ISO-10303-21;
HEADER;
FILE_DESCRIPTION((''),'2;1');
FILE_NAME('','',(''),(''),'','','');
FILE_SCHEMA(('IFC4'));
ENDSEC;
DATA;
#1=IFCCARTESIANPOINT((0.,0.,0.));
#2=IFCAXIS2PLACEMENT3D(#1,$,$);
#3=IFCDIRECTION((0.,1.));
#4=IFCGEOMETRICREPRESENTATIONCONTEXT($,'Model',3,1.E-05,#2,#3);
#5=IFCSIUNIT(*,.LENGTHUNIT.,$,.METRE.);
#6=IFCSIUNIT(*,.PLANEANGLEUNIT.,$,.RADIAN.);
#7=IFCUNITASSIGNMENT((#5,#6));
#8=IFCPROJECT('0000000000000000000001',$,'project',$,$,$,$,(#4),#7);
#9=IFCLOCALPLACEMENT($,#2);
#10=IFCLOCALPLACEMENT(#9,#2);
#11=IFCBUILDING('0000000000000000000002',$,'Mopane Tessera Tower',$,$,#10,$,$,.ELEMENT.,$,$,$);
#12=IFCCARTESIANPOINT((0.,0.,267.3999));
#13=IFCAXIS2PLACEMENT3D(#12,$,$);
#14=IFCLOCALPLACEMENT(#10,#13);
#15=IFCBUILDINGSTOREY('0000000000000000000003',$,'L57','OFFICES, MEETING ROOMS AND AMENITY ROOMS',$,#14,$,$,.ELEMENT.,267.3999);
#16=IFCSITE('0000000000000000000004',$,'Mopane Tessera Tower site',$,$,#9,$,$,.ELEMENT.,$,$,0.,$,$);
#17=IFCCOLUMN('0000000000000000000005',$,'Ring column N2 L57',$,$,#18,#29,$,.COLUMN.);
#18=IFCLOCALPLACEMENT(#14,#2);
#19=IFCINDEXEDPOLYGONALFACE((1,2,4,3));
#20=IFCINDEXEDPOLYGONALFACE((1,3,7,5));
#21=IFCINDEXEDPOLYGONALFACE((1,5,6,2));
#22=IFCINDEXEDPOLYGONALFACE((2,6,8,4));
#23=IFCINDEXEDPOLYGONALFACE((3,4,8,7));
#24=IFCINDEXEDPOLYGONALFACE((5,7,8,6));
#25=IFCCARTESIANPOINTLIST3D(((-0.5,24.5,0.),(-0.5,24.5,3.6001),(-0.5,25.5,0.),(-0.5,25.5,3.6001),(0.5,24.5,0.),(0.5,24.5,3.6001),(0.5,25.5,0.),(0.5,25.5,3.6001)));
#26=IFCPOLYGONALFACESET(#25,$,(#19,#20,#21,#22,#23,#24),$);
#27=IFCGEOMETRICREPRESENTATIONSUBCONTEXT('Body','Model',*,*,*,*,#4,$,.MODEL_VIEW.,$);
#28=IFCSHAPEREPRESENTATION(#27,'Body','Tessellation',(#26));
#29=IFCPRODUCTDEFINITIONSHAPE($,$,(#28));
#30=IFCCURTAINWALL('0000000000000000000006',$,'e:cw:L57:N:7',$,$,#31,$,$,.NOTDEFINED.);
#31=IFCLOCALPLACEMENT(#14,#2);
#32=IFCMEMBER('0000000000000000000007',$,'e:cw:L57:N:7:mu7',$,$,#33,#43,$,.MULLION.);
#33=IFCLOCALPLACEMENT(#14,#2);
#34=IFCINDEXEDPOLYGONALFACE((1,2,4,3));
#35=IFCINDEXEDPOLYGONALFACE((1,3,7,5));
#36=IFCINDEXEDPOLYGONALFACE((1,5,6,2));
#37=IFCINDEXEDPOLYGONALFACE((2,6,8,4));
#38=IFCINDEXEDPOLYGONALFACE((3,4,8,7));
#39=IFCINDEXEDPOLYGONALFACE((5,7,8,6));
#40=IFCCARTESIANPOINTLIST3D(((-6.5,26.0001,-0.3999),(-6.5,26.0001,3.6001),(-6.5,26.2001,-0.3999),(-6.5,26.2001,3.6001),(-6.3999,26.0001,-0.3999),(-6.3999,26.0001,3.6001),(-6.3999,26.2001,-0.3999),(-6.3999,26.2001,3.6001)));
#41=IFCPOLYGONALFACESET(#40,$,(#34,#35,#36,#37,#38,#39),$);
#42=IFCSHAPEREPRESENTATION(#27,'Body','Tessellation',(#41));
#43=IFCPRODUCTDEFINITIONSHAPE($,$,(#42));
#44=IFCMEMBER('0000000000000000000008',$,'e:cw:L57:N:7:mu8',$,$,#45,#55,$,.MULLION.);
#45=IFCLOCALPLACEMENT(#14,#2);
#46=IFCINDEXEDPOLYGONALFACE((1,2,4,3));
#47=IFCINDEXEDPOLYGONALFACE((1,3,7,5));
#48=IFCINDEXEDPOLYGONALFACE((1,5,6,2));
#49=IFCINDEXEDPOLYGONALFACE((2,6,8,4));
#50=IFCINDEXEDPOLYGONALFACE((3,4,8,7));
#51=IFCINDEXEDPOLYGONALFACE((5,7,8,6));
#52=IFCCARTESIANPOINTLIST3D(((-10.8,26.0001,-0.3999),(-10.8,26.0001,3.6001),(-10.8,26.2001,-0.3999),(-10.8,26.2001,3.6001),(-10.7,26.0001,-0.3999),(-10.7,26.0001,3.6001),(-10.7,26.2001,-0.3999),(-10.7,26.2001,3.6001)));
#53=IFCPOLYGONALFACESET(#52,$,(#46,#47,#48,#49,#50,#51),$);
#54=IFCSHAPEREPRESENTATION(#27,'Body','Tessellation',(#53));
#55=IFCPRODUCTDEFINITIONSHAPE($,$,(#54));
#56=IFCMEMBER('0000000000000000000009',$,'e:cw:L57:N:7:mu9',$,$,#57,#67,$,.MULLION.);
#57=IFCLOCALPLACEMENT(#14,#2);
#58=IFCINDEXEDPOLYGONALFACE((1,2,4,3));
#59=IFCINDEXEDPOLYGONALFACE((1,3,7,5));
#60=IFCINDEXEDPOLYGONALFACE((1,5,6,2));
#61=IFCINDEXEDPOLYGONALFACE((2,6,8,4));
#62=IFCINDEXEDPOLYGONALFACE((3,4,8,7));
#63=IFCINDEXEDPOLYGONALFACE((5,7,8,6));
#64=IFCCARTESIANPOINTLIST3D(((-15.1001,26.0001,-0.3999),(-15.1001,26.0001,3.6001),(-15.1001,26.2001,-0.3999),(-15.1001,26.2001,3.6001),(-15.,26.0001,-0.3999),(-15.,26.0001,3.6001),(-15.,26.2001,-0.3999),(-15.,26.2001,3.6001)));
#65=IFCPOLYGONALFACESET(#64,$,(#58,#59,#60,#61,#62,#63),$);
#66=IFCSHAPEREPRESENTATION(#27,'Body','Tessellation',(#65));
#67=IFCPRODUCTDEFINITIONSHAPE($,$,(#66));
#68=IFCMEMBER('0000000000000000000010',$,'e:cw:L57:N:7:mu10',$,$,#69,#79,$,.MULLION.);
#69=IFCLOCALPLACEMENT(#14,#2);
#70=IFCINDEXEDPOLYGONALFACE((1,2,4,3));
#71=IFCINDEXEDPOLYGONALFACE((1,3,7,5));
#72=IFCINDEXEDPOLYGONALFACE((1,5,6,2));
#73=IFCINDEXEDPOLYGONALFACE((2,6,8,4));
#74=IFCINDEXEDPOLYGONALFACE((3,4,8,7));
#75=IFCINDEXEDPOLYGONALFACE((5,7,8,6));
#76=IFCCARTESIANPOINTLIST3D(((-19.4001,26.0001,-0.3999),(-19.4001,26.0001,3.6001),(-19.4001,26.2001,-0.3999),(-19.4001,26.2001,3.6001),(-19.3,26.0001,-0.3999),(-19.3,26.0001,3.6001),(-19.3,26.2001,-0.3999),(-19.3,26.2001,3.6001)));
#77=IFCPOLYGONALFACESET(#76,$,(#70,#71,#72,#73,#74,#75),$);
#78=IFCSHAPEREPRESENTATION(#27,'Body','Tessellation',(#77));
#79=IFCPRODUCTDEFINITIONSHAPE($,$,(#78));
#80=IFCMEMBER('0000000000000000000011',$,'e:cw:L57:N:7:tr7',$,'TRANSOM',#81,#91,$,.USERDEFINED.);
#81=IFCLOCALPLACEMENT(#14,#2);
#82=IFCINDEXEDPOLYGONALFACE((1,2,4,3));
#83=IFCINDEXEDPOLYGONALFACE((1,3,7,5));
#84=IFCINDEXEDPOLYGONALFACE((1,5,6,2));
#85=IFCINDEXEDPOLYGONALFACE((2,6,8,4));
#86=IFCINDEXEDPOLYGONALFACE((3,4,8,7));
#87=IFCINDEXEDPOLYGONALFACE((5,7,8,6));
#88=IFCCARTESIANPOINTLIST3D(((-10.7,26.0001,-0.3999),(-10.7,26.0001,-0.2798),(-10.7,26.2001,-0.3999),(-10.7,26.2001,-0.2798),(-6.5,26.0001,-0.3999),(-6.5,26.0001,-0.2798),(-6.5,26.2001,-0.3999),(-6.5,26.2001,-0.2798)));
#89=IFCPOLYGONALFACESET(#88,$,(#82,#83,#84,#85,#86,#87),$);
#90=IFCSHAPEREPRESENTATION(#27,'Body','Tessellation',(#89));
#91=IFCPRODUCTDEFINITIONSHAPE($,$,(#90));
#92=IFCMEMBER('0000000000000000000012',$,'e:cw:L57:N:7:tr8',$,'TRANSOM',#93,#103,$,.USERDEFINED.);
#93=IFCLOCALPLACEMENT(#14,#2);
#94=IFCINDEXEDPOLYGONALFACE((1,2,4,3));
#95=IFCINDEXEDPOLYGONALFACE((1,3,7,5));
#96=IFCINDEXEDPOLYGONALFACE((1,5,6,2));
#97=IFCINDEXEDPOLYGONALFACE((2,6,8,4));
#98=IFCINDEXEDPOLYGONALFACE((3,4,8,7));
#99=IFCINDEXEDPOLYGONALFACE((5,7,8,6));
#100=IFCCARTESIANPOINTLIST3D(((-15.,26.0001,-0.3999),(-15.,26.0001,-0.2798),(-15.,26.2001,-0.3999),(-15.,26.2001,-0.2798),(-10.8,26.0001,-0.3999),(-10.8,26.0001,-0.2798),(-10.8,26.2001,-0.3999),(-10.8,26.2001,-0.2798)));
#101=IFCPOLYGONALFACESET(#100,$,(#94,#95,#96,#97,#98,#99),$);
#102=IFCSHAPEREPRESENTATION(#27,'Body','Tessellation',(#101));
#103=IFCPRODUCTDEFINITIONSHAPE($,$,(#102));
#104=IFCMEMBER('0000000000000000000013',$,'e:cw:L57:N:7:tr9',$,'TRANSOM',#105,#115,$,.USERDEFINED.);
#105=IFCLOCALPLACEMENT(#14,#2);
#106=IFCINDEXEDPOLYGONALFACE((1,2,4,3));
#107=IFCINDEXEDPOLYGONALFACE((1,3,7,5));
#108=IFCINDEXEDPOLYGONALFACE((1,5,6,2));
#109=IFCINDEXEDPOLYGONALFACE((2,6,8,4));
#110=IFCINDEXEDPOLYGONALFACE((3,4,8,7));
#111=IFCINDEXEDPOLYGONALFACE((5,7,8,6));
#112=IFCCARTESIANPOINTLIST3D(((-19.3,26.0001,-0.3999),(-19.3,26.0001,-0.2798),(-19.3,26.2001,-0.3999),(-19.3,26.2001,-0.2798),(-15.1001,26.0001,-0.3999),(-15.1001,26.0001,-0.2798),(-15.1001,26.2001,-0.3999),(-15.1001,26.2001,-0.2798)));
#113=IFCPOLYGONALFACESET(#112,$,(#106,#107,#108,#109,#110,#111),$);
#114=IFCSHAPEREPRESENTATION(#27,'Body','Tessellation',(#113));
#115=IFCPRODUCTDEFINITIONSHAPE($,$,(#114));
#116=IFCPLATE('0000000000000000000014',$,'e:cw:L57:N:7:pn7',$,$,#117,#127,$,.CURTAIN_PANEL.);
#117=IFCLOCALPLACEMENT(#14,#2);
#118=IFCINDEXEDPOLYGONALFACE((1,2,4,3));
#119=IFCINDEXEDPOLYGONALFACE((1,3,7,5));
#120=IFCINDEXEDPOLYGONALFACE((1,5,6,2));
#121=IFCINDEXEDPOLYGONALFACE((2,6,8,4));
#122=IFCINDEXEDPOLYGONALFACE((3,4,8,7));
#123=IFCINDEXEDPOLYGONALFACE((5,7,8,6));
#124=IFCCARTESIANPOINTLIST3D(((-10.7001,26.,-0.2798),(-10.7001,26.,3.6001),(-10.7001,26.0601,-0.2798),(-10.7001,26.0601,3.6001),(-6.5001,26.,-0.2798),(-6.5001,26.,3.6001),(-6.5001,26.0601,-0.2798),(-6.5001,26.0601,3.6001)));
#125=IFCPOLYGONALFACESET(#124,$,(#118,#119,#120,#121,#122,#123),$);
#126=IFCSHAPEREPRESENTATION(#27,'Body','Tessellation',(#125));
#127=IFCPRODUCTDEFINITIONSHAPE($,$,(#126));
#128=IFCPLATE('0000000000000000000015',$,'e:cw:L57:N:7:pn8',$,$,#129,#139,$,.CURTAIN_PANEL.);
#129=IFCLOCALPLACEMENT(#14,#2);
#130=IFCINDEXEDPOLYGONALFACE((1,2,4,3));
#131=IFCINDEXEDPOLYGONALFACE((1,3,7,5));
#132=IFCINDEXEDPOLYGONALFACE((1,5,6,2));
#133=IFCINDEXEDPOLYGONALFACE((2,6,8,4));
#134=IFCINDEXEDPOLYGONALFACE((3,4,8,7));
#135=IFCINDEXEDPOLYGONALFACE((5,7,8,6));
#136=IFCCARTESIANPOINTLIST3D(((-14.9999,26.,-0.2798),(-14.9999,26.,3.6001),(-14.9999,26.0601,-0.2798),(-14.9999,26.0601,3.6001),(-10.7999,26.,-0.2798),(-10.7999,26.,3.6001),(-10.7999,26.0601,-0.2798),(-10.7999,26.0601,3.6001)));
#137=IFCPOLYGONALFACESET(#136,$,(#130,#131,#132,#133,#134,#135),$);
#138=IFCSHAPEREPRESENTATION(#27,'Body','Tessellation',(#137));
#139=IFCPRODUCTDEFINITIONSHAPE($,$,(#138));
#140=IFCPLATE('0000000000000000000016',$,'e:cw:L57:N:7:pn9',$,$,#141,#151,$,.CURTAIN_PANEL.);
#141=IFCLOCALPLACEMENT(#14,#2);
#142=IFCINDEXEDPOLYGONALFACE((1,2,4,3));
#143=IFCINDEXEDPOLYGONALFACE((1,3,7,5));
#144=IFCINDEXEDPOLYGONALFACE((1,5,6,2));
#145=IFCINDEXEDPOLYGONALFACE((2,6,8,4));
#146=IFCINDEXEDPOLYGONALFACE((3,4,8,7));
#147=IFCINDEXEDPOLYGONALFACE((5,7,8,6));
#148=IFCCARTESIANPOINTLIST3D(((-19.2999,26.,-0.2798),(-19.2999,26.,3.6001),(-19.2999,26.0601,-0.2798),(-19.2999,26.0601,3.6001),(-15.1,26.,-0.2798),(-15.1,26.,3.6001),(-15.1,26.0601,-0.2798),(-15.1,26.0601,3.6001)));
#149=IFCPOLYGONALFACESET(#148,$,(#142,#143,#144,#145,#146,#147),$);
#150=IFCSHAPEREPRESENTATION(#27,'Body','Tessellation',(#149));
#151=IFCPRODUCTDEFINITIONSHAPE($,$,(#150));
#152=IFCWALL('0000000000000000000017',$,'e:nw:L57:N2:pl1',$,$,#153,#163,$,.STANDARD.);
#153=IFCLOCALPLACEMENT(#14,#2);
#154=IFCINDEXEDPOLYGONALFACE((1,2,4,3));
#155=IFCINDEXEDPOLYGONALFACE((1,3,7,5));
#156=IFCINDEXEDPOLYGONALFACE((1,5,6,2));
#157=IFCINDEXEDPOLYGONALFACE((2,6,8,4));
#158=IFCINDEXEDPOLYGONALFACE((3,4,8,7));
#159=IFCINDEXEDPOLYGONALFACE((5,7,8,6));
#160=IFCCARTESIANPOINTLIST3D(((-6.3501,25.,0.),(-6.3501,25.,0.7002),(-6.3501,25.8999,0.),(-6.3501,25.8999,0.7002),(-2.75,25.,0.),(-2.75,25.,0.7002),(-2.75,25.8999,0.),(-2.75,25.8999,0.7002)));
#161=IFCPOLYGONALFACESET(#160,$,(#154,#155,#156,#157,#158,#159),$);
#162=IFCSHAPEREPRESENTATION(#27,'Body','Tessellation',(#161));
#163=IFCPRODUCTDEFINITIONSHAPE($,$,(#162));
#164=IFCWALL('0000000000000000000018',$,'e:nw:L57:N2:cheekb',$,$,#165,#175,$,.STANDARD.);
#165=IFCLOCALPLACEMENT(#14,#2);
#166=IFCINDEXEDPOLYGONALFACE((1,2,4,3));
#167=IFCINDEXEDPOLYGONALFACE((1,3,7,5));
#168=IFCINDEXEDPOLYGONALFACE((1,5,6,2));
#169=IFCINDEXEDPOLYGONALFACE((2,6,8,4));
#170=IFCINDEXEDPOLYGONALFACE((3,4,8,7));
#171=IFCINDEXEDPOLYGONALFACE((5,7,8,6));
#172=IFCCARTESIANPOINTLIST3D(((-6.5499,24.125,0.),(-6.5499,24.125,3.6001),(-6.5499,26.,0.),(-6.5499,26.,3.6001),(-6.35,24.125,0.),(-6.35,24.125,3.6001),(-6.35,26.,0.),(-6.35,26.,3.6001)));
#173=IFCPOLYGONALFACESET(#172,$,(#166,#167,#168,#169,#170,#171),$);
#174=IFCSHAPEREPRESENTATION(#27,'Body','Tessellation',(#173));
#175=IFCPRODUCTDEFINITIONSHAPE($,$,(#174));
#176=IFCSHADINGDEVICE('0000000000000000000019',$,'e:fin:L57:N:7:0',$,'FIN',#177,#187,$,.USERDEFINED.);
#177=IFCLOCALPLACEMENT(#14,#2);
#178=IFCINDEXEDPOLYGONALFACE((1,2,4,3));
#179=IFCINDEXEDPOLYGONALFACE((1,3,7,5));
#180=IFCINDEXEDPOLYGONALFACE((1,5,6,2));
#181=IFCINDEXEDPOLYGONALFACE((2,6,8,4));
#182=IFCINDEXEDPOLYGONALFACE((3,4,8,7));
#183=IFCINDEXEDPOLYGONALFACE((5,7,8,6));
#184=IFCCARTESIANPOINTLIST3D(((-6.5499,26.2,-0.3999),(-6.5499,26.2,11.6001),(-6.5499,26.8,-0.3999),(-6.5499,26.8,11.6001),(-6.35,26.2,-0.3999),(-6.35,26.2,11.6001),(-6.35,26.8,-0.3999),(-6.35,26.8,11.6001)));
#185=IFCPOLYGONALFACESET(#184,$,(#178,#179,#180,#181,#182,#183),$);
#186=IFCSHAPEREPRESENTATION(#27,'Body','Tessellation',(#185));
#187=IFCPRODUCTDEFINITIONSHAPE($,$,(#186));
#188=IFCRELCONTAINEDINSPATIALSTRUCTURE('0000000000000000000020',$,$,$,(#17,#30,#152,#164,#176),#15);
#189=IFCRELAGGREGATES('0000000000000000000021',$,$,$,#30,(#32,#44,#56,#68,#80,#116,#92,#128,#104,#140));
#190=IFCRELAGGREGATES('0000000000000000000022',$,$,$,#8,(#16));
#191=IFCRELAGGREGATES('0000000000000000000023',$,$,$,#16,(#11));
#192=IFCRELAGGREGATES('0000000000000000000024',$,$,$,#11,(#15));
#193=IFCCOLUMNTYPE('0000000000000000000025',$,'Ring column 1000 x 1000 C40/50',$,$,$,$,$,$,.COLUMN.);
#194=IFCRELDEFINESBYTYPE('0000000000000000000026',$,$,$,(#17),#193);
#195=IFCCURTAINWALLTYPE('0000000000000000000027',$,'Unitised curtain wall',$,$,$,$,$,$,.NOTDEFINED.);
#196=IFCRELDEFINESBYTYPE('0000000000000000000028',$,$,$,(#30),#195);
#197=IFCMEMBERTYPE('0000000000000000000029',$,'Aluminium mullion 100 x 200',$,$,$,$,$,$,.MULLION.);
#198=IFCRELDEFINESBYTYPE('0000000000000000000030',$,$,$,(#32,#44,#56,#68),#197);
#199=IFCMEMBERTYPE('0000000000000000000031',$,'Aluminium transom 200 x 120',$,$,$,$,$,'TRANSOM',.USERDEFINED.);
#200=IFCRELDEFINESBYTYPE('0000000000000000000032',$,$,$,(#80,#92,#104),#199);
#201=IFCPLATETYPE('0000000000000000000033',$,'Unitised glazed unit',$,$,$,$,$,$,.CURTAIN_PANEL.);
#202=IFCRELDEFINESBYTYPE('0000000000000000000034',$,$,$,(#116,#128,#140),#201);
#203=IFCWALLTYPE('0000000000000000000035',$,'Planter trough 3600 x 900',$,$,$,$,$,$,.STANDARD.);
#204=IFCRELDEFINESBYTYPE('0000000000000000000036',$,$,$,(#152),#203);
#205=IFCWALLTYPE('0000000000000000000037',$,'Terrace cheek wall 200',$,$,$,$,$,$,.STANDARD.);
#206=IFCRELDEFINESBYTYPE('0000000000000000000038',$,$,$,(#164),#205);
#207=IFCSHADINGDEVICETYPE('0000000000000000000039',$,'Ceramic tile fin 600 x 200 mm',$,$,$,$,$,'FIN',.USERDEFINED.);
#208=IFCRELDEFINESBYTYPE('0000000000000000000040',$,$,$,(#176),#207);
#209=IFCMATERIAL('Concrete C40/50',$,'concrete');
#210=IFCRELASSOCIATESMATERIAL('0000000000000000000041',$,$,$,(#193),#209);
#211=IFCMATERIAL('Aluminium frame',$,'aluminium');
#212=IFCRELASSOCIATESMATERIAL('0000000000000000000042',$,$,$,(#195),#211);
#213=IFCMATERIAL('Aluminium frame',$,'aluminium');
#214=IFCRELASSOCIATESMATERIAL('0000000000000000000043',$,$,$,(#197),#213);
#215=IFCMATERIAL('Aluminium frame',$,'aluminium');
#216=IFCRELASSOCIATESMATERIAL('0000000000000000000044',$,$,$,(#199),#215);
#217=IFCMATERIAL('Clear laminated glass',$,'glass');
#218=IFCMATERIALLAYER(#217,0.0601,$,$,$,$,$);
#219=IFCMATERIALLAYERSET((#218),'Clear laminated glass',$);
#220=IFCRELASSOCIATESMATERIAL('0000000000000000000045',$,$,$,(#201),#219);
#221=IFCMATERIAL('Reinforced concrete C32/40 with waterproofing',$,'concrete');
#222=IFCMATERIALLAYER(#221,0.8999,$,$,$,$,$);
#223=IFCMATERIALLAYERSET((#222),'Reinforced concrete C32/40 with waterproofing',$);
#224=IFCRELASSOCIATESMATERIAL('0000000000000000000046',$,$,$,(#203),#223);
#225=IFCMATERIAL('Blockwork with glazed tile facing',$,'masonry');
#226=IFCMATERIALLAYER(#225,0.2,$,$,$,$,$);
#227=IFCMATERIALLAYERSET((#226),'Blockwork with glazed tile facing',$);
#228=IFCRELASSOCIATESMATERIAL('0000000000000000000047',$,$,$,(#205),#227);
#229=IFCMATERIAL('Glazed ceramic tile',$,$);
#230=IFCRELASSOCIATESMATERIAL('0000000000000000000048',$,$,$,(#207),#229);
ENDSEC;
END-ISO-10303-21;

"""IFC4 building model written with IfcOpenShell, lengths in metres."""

from ifc_helpers import new_model, si_unit, direction, frame, frame_2d, origin, origin_2d, place, context, subcontext, project, spatial, rectangle, extrude, material, layer, layer_set, material_profile, profile_set, type_object, element, aggregate, save


model = new_model("IFC4")

# Units and contexts
model_context = context("Model", 3, precision=1e-05, world=origin(), true_north=direction((0.0, 1.0)))
body_context = subcontext(model_context, "Body", "Model", "MODEL_VIEW")
ifc_project = project(units=[si_unit("LENGTHUNIT", "METRE"), si_unit("PLANEANGLEUNIT", "RADIAN")], contexts=[model_context])

# Site, building, storey
site_placement = place(None, origin())
site = spatial("IfcSite", under=ifc_project, at=site_placement, Name="Mopane Tessera Tower site", CompositionType="ELEMENT", RefElevation=0.0)
building_placement = place(site_placement, origin())
building = spatial("IfcBuilding", under=site, at=building_placement, Name="Mopane Tessera Tower", CompositionType="ELEMENT")
storey_placement = place(building_placement, frame((0.0, 0.0, 267.3999)))
storey = spatial("IfcBuildingStorey", under=building, at=storey_placement, Name="L57", Description="OFFICES, MEETING ROOMS AND AMENITY ROOMS", CompositionType="ELEMENT", Elevation=267.3999)

# Column
ifc_material_1 = material(Name="Concrete C40/50", Category="concrete")
ifc_material_profile_1 = material_profile(ifc_material_1, rectangle(XDim=1.0, YDim=1.0, at=origin_2d()))
ifc_profile_set_1 = profile_set([ifc_material_profile_1], Name="Concrete C40/50")
column_type = type_object("IfcColumnType", Name="Ring column 1000 x 1000 C40/50", PredefinedType="COLUMN", material=ifc_profile_set_1)
column_placement = place(storey_placement, frame((0.0, 25.0, 0.0), z_axis=(0.0, 0.0, 1.0), x_axis=(1.0, 0.0, 0.0)))
element("IfcColumn", 1, at=column_placement, inside=storey, type_object=column_type, Name="Ring column N2 L57", PredefinedType="COLUMN", context=body_context, shape_type="SweptSolid", body=[
    extrude(rectangle(XDim=1.0, YDim=1.0, at=origin_2d()), origin(), (0.0, 0.0, 1.0), 3.6001),
])

# Curtain wall, members, plates
ifc_material_2 = material(Name="Aluminium frame", Category="aluminium")
curtain_wall_type = type_object("IfcCurtainWallType", Name="Unitised curtain wall", PredefinedType="NOTDEFINED", material=ifc_material_2)
curtain_wall_placement = place(storey_placement, origin())
curtain_wall = element("IfcCurtainWall", 2, at=curtain_wall_placement, inside=storey, type_object=curtain_wall_type, Name="e:cw:L57:N:7", PredefinedType="NOTDEFINED")
ifc_material_3 = material(Name="Aluminium frame", Category="aluminium")
ifc_material_profile_2 = material_profile(ifc_material_3, rectangle(XDim=0.1001, YDim=0.2, at=origin_2d()))
ifc_profile_set_2 = profile_set([ifc_material_profile_2], Name="Aluminium frame")
member_type_1 = type_object("IfcMemberType", Name="Aluminium mullion 100 x 200", PredefinedType="MULLION", material=ifc_profile_set_2)
member_1_placement = place(storey_placement, frame((-6.45, 26.1001, -0.3999), z_axis=(0.0, 0.0, 1.0), x_axis=(-1.0, 0.0, 0.0)))
member_1 = element("IfcMember", 3, at=member_1_placement, type_object=member_type_1, Name="e:cw:L57:N:7:mu7", PredefinedType="MULLION", context=body_context, shape_type="SweptSolid", body=[
    extrude(rectangle(XDim=0.1001, YDim=0.2, at=origin_2d()), origin(), (0.0, 0.0, 1.0), 4.0),
])
member_2_placement = place(storey_placement, frame((-10.75, 26.1001, -0.3999), z_axis=(0.0, 0.0, 1.0), x_axis=(-1.0, 0.0, 0.0)))
member_2 = element("IfcMember", 4, at=member_2_placement, type_object=member_type_1, Name="e:cw:L57:N:7:mu8", PredefinedType="MULLION", context=body_context, shape_type="SweptSolid", body=[
    extrude(rectangle(XDim=0.1001, YDim=0.2, at=origin_2d()), origin(), (0.0, 0.0, 1.0), 4.0),
])
member_3_placement = place(storey_placement, frame((-15.05, 26.1001, -0.3999), z_axis=(0.0, 0.0, 1.0), x_axis=(-1.0, 0.0, 0.0)))
member_3 = element("IfcMember", 5, at=member_3_placement, type_object=member_type_1, Name="e:cw:L57:N:7:mu9", PredefinedType="MULLION", context=body_context, shape_type="SweptSolid", body=[
    extrude(rectangle(XDim=0.1001, YDim=0.2, at=origin_2d()), origin(), (0.0, 0.0, 1.0), 4.0),
])
member_4_placement = place(storey_placement, frame((-19.3501, 26.1001, -0.3999), z_axis=(0.0, 0.0, 1.0), x_axis=(-1.0, 0.0, 0.0)))
member_4 = element("IfcMember", 6, at=member_4_placement, type_object=member_type_1, Name="e:cw:L57:N:7:mu10", PredefinedType="MULLION", context=body_context, shape_type="SweptSolid", body=[
    extrude(rectangle(XDim=0.1001, YDim=0.2, at=origin_2d()), origin(), (0.0, 0.0, 1.0), 4.0),
])
ifc_material_4 = material(Name="Aluminium frame", Category="aluminium")
ifc_material_profile_3 = material_profile(ifc_material_4, rectangle(XDim=0.2, YDim=0.1201, at=origin_2d()))
ifc_profile_set_3 = profile_set([ifc_material_profile_3], Name="Aluminium frame")
member_type_2 = type_object("IfcMemberType", Name="Aluminium transom 200 x 120", ElementType="TRANSOM", PredefinedType="USERDEFINED", material=ifc_profile_set_3)
member_5_placement = place(storey_placement, frame((-6.5, 26.1001, -0.3398), z_axis=(-1.0, 0.0, 0.0), x_axis=(0.0, -1.0, 0.0)))
member_5 = element("IfcMember", 7, at=member_5_placement, type_object=member_type_2, Name="e:cw:L57:N:7:tr7", ObjectType="TRANSOM", PredefinedType="USERDEFINED", context=body_context, shape_type="SweptSolid", body=[
    extrude(rectangle(XDim=0.2, YDim=0.1201, at=origin_2d()), origin(), (0.0, 0.0, 1.0), 4.2),
])
member_6_placement = place(storey_placement, frame((-10.8, 26.1001, -0.3398), z_axis=(-1.0, 0.0, 0.0), x_axis=(0.0, -1.0, 0.0)))
member_6 = element("IfcMember", 8, at=member_6_placement, type_object=member_type_2, Name="e:cw:L57:N:7:tr8", ObjectType="TRANSOM", PredefinedType="USERDEFINED", context=body_context, shape_type="SweptSolid", body=[
    extrude(rectangle(XDim=0.2, YDim=0.1201, at=origin_2d()), origin(), (0.0, 0.0, 1.0), 4.2),
])
member_7_placement = place(storey_placement, frame((-15.1001, 26.1001, -0.3398), z_axis=(-1.0, 0.0, 0.0), x_axis=(0.0, -1.0, 0.0)))
member_7 = element("IfcMember", 9, at=member_7_placement, type_object=member_type_2, Name="e:cw:L57:N:7:tr9", ObjectType="TRANSOM", PredefinedType="USERDEFINED", context=body_context, shape_type="SweptSolid", body=[
    extrude(rectangle(XDim=0.2, YDim=0.1201, at=origin_2d()), origin(), (0.0, 0.0, 1.0), 4.2),
])
ifc_material_5 = material(Name="Clear laminated glass", Category="glass")
ifc_layer_1 = layer(ifc_material_5, 0.0601)
ifc_layer_set_1 = layer_set([ifc_layer_1], Name="Clear laminated glass")
plate_type = type_object("IfcPlateType", Name="Unitised glazed unit", PredefinedType="CURTAIN_PANEL", material=ifc_layer_set_1)
plate_1_placement = place(storey_placement, frame((-8.6001, 26.03, -0.2798), z_axis=(0.0, 0.0, 1.0), x_axis=(-1.0, 0.0, 0.0)))
plate_1 = element("IfcPlate", 10, at=plate_1_placement, type_object=plate_type, Name="e:cw:L57:N:7:pn7", PredefinedType="CURTAIN_PANEL", context=body_context, shape_type="SweptSolid", body=[
    extrude(rectangle(XDim=4.2, YDim=0.0601, at=origin_2d()), origin(), (0.0, 0.0, 1.0), 3.8799),
])
plate_2_placement = place(storey_placement, frame((-12.8999, 26.03, -0.2798), z_axis=(0.0, 0.0, 1.0), x_axis=(-1.0, 0.0, 0.0)))
plate_2 = element("IfcPlate", 11, at=plate_2_placement, type_object=plate_type, Name="e:cw:L57:N:7:pn8", PredefinedType="CURTAIN_PANEL", context=body_context, shape_type="SweptSolid", body=[
    extrude(rectangle(XDim=4.2, YDim=0.0601, at=origin_2d()), origin(), (0.0, 0.0, 1.0), 3.8799),
])
plate_3_placement = place(storey_placement, frame((-17.2, 26.03, -0.2798), z_axis=(0.0, 0.0, 1.0), x_axis=(-1.0, 0.0, 0.0)))
plate_3 = element("IfcPlate", 12, at=plate_3_placement, type_object=plate_type, Name="e:cw:L57:N:7:pn9", PredefinedType="CURTAIN_PANEL", context=body_context, shape_type="SweptSolid", body=[
    extrude(rectangle(XDim=4.2, YDim=0.0601, at=origin_2d()), origin(), (0.0, 0.0, 1.0), 3.8799),
])
aggregate(curtain_wall, [member_1, member_2, member_3, member_4, member_5, plate_1, member_6, plate_2, member_7, plate_3])

# Walls
ifc_material_6 = material(Name="Reinforced concrete C32/40 with waterproofing", Category="concrete")
ifc_layer_2 = layer(ifc_material_6, 0.8999)
ifc_layer_set_2 = layer_set([ifc_layer_2], Name="Reinforced concrete C32/40 with waterproofing")
wall_type_1 = type_object("IfcWallType", Name="Planter trough 3600 x 900", PredefinedType="STANDARD", material=ifc_layer_set_2)
wall_1_placement = place(storey_placement, frame((-2.75, 25.45, 0.0), z_axis=(0.0, 0.0, 1.0), x_axis=(-1.0, 0.0, 0.0)))
element("IfcWall", 13, at=wall_1_placement, inside=storey, type_object=wall_type_1, Name="e:nw:L57:N2:pl1", PredefinedType="STANDARD", context=body_context, shape_type="SweptSolid", body=[
    extrude(rectangle(XDim=3.6001, YDim=0.8999, at=frame_2d((1.8, 0.0))), origin(), (0.0, 0.0, 1.0), 0.7002),
])
ifc_material_7 = material(Name="Blockwork with glazed tile facing", Category="masonry")
ifc_layer_3 = layer(ifc_material_7, 0.2)
ifc_layer_set_3 = layer_set([ifc_layer_3], Name="Blockwork with glazed tile facing")
wall_type_2 = type_object("IfcWallType", Name="Terrace cheek wall 200", PredefinedType="STANDARD", material=ifc_layer_set_3)
wall_2_placement = place(storey_placement, frame((-6.45, 26.0, 0.0), z_axis=(0.0, 0.0, 1.0), x_axis=(0.0, -1.0, 0.0)))
element("IfcWall", 14, at=wall_2_placement, inside=storey, type_object=wall_type_2, Name="e:nw:L57:N2:cheekb", PredefinedType="STANDARD", context=body_context, shape_type="SweptSolid", body=[
    extrude(rectangle(XDim=1.875, YDim=0.2, at=frame_2d((0.9375, 0.0))), origin(), (0.0, 0.0, 1.0), 3.6001),
])

# Shading device
ifc_material_8 = material(Name="Glazed ceramic tile")
shading_device_type = type_object("IfcShadingDeviceType", Name="Ceramic tile fin 600 x 200 mm", ElementType="FIN", PredefinedType="USERDEFINED", material=ifc_material_8)
for number, where, z_axis, x_axis, name in (
    (15, (-6.45, 26.5, -0.3999), (0.0, 0.0, 1.0), (-1.0, 0.0, 0.0), "e:fin:L57:N:7:0"),
):
    element("IfcShadingDevice", number, at=place(storey_placement, frame(where, z_axis=z_axis, x_axis=x_axis)), inside=storey, type_object=shading_device_type, Name=name, ObjectType="FIN", PredefinedType="USERDEFINED", context=body_context, shape_type="SweptSolid", body=[
        extrude(rectangle(XDim=0.2, YDim=0.6001, at=origin_2d()), origin(), (0.0, 0.0, 1.0), 12.0),
    ])

save(model, "model.ifc")
